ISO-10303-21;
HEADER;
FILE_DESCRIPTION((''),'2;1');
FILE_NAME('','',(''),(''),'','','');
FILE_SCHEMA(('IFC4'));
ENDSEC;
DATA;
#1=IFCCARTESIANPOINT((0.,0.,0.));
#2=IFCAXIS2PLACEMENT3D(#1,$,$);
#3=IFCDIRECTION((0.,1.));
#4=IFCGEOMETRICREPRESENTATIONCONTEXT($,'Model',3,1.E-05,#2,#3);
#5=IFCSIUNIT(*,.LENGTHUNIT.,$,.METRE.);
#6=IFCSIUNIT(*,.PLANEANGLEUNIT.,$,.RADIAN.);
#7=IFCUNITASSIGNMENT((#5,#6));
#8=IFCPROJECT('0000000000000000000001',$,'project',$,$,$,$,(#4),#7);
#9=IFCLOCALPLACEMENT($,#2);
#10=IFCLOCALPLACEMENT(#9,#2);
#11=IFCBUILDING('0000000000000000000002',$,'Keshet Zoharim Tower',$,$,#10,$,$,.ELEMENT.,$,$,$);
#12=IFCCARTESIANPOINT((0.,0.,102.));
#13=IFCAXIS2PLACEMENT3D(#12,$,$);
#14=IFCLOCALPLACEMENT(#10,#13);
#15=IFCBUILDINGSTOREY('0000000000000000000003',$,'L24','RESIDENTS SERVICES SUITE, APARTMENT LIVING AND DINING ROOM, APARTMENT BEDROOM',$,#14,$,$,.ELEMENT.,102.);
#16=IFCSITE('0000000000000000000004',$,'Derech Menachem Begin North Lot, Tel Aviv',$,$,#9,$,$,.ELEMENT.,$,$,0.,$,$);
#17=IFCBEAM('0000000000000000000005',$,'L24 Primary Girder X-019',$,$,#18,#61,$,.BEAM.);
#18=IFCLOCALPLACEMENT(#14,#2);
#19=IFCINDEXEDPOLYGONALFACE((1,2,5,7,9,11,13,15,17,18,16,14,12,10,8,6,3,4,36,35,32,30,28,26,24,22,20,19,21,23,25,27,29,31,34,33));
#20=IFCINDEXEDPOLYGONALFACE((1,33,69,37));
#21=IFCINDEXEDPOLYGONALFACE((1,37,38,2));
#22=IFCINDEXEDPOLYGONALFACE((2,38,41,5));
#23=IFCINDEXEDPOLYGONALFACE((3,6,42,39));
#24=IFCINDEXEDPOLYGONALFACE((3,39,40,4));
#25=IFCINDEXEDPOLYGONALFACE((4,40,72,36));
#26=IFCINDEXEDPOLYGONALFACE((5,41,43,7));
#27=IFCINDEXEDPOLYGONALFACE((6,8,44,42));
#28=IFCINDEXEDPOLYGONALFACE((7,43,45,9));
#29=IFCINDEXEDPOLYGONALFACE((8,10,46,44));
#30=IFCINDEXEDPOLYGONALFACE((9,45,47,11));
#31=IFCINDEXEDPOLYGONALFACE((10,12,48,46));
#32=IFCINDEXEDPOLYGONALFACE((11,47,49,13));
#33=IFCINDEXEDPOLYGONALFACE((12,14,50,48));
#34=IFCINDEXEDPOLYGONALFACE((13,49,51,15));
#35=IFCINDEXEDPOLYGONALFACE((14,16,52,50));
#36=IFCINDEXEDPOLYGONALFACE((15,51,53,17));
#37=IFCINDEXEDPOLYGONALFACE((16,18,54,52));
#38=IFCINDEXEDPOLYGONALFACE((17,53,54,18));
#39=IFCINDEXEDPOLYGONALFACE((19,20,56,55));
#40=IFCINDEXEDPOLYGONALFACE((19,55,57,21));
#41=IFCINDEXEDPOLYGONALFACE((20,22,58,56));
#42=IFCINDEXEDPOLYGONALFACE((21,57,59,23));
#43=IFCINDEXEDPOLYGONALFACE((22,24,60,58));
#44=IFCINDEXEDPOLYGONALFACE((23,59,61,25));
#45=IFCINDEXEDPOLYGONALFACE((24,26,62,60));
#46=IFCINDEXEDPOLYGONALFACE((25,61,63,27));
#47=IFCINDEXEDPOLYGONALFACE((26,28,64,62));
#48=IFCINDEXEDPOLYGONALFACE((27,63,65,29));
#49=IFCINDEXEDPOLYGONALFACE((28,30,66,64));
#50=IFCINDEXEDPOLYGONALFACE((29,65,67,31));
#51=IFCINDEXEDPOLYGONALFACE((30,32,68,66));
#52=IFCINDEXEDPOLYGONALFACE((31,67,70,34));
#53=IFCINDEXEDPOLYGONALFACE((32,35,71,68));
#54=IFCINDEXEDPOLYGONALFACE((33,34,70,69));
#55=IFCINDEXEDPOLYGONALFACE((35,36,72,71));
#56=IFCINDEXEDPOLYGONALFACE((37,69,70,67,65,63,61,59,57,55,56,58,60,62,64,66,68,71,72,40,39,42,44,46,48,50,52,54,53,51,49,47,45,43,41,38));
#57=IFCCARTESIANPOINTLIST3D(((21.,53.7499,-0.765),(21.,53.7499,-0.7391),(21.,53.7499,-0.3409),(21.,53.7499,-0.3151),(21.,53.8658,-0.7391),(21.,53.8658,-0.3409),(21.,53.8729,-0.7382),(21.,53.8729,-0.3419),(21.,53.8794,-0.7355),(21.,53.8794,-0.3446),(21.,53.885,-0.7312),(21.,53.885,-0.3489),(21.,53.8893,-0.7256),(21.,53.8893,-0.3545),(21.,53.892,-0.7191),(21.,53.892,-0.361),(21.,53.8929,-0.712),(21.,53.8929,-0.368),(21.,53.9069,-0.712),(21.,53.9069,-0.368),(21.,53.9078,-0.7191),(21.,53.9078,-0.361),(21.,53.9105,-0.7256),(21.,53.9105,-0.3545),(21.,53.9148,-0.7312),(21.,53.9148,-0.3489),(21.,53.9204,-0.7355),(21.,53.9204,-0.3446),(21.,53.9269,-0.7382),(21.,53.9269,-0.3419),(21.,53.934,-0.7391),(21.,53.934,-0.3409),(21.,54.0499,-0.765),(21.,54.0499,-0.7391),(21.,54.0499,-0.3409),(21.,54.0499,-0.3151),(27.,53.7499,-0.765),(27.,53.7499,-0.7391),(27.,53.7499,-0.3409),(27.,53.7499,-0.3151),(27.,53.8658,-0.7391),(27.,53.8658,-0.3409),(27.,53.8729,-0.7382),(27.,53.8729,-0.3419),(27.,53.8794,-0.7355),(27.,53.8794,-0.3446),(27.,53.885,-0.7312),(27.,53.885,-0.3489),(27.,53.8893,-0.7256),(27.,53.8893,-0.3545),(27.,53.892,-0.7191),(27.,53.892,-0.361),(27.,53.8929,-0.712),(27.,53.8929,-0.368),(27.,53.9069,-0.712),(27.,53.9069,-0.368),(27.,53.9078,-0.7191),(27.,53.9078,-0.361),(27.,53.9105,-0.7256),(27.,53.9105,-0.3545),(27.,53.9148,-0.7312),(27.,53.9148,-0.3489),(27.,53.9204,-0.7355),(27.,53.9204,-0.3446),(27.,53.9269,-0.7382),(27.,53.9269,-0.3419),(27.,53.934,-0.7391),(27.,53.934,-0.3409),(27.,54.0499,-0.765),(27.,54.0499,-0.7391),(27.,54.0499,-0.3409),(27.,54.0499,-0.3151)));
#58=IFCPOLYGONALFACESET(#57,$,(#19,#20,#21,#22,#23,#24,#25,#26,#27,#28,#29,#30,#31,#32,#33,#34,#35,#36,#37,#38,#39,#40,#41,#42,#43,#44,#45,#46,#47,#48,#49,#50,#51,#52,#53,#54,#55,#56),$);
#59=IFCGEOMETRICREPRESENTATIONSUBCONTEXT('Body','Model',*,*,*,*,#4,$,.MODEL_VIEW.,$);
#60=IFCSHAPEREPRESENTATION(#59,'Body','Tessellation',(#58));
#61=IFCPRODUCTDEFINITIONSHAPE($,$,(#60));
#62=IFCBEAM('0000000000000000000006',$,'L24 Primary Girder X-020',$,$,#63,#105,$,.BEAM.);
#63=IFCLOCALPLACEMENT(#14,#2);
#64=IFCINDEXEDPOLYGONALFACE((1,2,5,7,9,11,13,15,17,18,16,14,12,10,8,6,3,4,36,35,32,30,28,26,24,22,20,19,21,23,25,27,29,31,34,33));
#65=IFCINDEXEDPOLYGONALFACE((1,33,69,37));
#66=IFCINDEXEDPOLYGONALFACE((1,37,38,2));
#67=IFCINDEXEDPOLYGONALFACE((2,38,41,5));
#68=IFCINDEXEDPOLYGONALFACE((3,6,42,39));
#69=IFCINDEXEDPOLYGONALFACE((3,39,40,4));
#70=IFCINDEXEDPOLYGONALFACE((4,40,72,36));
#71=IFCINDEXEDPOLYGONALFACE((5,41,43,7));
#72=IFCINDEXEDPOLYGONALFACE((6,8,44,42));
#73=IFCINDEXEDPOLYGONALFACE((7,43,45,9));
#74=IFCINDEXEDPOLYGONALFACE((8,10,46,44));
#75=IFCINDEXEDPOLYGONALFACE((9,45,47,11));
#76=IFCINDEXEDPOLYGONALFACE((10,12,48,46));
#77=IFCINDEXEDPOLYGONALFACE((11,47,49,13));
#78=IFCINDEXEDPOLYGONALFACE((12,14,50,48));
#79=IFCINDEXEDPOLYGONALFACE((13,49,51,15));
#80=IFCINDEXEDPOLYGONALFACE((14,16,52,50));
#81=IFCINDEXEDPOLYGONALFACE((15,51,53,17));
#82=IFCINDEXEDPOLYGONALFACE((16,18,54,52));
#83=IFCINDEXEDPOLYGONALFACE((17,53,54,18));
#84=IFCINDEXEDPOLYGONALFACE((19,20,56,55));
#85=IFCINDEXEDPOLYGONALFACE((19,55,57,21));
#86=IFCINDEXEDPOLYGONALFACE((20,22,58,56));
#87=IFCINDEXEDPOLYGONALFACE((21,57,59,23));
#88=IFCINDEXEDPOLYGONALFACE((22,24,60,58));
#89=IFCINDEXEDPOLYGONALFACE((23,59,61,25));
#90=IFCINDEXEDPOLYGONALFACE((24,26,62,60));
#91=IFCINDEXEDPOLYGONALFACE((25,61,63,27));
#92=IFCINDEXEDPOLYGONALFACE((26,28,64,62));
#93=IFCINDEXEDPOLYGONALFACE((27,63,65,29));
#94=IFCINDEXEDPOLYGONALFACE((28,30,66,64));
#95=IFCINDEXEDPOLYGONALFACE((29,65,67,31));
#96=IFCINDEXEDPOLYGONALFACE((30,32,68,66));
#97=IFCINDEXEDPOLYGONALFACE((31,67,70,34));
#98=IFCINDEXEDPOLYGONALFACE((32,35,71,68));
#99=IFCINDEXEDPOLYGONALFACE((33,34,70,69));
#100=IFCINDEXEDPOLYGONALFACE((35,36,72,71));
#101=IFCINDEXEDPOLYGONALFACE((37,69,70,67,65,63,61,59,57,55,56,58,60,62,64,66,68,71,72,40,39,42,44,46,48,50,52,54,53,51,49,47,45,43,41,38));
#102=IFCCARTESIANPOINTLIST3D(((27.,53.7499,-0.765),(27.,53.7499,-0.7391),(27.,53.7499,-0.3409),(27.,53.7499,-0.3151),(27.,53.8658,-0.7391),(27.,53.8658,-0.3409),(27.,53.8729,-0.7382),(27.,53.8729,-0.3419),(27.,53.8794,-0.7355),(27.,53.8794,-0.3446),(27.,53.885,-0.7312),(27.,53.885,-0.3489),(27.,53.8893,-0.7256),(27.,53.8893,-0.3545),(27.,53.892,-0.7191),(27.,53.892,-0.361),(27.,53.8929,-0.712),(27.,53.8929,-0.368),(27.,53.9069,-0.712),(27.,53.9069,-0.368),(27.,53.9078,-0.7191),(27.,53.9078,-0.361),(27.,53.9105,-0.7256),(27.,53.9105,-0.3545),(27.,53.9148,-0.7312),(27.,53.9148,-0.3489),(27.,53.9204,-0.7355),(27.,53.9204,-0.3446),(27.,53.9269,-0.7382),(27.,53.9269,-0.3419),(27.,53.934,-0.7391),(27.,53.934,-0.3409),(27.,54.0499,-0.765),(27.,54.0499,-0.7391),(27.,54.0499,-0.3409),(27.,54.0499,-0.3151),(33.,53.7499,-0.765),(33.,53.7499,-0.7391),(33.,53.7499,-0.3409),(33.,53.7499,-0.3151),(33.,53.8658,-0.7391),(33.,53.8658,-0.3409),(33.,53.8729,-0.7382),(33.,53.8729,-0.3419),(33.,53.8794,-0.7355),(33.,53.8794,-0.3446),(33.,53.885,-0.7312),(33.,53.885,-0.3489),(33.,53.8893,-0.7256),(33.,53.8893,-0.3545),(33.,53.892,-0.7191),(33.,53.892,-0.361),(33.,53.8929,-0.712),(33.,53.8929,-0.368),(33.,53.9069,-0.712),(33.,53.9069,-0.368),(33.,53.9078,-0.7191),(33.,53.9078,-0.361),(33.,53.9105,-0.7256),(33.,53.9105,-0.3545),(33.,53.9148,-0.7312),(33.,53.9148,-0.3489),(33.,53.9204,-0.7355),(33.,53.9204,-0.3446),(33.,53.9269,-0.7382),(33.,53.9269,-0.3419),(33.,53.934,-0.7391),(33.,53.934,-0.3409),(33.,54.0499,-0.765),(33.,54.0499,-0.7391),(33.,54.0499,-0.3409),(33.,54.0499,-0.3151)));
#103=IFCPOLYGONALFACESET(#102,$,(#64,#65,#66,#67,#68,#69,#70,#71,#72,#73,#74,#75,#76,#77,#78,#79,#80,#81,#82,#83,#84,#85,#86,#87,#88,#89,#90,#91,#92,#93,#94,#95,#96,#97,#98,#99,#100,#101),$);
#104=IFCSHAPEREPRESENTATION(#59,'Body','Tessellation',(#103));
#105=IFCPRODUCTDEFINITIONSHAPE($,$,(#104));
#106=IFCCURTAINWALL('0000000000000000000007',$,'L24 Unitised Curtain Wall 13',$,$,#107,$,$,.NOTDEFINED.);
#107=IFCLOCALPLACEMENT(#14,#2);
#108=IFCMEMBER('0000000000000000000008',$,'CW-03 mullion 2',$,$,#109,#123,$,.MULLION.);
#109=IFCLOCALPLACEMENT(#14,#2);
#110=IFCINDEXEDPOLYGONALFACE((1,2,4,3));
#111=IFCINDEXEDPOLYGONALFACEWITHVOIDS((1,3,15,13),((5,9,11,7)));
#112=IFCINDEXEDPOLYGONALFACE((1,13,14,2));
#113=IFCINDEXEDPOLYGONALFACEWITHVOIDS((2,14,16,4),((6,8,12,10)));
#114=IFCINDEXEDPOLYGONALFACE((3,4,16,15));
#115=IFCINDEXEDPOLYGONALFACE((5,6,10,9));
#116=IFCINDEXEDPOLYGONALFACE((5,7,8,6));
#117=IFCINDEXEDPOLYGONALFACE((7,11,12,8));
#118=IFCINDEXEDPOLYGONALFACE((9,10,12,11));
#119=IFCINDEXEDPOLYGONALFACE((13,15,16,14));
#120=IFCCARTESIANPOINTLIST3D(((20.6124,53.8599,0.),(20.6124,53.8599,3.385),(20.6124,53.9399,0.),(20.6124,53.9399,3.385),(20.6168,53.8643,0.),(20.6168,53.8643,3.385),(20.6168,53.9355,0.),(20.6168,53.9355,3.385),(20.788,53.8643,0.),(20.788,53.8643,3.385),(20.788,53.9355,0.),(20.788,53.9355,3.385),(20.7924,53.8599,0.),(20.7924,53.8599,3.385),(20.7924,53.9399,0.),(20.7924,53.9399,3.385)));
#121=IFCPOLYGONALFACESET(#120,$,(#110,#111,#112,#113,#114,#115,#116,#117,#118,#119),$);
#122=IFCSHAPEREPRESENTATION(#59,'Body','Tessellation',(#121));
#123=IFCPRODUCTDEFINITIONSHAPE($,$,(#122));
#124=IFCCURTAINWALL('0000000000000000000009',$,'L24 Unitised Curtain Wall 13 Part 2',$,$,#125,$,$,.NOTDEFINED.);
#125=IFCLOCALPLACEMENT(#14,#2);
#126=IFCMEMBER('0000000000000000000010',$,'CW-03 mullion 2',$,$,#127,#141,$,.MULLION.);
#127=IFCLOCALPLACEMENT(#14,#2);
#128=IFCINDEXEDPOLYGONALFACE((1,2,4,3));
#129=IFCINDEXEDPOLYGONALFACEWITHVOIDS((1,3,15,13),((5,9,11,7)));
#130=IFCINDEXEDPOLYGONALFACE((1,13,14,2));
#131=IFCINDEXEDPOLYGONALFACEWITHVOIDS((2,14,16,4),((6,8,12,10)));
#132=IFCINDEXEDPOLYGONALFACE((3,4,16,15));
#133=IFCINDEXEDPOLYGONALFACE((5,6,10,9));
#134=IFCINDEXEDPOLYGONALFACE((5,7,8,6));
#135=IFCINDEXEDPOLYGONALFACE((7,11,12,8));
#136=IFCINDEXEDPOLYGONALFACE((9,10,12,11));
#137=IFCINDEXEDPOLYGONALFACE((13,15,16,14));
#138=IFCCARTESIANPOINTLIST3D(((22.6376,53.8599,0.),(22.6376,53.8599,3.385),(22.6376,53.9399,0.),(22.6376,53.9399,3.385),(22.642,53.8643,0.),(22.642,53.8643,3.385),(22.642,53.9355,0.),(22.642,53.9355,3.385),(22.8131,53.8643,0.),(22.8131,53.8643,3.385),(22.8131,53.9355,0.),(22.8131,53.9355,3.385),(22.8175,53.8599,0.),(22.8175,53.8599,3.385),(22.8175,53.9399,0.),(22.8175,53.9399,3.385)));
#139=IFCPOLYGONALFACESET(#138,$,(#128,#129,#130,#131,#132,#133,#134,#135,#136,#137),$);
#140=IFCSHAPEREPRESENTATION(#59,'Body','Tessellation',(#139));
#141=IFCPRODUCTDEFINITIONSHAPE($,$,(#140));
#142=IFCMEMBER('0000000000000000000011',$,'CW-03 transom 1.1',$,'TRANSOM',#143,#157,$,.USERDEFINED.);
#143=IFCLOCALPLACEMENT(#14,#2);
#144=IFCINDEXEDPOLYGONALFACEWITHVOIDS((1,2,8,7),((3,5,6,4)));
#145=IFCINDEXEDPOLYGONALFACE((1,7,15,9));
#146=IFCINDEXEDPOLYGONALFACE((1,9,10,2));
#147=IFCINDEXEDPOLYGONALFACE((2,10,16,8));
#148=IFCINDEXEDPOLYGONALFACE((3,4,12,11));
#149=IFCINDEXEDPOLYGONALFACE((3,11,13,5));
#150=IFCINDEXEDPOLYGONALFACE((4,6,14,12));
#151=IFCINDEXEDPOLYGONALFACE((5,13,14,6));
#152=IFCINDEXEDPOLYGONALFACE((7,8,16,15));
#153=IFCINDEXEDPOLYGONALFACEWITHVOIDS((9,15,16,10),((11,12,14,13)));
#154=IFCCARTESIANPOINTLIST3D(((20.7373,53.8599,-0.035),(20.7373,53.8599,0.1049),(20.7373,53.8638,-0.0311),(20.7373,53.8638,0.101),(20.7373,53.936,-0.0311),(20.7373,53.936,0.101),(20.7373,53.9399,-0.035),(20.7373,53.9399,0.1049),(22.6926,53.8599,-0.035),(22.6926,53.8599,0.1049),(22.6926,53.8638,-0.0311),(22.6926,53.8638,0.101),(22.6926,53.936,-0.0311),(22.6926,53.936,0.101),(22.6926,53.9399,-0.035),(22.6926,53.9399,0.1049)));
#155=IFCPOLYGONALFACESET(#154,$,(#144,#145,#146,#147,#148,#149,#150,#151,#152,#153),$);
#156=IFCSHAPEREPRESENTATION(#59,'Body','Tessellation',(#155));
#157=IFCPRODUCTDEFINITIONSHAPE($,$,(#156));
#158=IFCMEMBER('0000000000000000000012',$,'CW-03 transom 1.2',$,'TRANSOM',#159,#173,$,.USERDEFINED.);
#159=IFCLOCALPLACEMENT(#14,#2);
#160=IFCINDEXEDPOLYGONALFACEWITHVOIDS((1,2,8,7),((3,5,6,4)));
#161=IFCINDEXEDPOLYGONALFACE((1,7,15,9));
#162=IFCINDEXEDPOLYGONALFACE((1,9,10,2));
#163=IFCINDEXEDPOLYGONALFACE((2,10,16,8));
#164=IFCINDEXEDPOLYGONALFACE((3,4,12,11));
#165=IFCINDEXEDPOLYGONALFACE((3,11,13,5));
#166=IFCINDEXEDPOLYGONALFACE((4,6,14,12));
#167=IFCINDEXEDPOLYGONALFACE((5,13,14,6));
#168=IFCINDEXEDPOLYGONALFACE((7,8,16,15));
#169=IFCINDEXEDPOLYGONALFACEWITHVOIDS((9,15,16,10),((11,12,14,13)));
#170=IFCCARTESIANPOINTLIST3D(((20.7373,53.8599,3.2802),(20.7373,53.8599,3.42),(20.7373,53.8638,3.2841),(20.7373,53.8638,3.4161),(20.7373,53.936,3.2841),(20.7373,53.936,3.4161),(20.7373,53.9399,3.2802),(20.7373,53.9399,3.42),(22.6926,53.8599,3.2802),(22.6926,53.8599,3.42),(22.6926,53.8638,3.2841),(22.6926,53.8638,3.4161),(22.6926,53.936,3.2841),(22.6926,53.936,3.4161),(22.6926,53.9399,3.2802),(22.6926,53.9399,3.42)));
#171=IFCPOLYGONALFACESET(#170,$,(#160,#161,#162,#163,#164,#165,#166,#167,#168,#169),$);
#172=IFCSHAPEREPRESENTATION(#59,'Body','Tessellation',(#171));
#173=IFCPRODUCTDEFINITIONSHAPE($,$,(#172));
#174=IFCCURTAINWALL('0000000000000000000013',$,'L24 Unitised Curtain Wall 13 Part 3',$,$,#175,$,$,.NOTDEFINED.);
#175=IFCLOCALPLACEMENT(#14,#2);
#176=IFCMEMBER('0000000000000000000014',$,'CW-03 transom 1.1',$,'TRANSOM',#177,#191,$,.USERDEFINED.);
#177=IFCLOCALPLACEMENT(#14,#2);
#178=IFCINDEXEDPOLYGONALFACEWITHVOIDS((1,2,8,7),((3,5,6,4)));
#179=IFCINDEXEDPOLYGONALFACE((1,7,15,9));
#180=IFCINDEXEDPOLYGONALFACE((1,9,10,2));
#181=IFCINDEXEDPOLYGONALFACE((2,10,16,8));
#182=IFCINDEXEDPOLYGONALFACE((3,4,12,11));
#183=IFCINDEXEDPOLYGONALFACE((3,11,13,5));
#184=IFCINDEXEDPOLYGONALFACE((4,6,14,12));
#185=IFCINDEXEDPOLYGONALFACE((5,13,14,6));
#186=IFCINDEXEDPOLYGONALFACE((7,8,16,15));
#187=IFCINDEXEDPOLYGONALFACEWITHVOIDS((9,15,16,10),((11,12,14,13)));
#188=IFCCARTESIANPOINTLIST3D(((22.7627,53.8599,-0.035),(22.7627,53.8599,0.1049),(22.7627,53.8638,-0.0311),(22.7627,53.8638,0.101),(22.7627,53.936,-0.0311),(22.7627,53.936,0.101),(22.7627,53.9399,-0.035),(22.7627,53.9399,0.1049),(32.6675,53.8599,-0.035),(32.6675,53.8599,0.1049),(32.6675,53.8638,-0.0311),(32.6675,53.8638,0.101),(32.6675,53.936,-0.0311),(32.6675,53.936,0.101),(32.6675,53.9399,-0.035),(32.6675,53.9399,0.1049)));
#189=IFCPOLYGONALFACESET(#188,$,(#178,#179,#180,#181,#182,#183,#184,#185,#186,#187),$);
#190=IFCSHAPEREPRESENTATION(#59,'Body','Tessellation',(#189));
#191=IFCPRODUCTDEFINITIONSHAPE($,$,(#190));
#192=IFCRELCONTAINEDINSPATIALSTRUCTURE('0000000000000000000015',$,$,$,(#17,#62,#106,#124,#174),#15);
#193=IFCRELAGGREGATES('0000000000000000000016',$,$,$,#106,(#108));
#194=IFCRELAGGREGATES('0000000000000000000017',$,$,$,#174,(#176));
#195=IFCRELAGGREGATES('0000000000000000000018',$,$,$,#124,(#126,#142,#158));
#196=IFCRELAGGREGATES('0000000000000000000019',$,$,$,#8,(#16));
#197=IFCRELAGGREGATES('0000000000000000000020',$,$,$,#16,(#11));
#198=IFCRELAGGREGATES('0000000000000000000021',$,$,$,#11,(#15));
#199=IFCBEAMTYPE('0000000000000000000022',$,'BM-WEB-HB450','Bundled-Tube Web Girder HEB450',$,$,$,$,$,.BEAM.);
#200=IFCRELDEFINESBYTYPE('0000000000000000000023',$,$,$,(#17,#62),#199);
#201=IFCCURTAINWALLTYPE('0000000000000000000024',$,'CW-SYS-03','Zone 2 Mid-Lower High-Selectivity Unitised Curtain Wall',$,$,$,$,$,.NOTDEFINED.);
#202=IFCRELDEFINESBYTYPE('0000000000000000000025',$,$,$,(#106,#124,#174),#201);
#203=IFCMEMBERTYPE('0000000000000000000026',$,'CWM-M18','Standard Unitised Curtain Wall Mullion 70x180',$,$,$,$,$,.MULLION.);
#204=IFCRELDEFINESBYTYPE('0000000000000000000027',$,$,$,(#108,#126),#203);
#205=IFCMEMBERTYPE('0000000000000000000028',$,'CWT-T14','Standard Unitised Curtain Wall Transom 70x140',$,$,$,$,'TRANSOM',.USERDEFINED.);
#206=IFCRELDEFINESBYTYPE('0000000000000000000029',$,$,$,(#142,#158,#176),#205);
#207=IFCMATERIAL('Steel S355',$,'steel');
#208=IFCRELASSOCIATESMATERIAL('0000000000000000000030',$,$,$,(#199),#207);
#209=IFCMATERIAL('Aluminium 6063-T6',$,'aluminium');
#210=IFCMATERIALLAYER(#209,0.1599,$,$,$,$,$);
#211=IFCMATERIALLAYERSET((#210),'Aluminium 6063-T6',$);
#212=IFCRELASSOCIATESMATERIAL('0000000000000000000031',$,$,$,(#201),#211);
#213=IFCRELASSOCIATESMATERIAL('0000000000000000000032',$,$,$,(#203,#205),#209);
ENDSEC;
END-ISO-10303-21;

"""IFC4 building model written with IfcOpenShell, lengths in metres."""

from ifc_helpers import new_model, si_unit, direction, frame, origin, origin_2d, place, context, subcontext, project, spatial, hollow_rectangle, i_section, extrude, material, layer, layer_set, material_profile, profile_set, type_object, element, aggregate, save


model = new_model("IFC4")

# Units and contexts
model_context = context("Model", 3, precision=1e-05, world=origin(), true_north=direction((0.0, 1.0)))
body_context = subcontext(model_context, "Body", "Model", "MODEL_VIEW")
ifc_project = project(units=[si_unit("LENGTHUNIT", "METRE"), si_unit("PLANEANGLEUNIT", "RADIAN")], contexts=[model_context])

# Site, building, storey
site_placement = place(None, origin())
site = spatial("IfcSite", under=ifc_project, at=site_placement, Name="Derech Menachem Begin North Lot, Tel Aviv", CompositionType="ELEMENT", RefElevation=0.0)
building_placement = place(site_placement, origin())
building = spatial("IfcBuilding", under=site, at=building_placement, Name="Keshet Zoharim Tower", CompositionType="ELEMENT")
storey_placement = place(building_placement, frame((0.0, 0.0, 102.0)))
storey = spatial("IfcBuildingStorey", under=building, at=storey_placement, Name="L24", Description="RESIDENTS SERVICES SUITE, APARTMENT LIVING AND DINING ROOM, APARTMENT BEDROOM", CompositionType="ELEMENT", Elevation=102.0)

# Shared definitions
ifc_material_1 = material(Name="Steel S355", Category="steel")

# Beams
ifc_material_profile_1 = material_profile(ifc_material_1, i_section(OverallWidth=0.3, OverallDepth=0.45, WebThickness=0.0139, FlangeThickness=0.0259, FilletRadius=0.0271, at=origin_2d()), Name="HEB450")
ifc_profile_set_1 = profile_set([ifc_material_profile_1], Name="Steel S355")
beam_type_1 = type_object("IfcBeamType", Name="BM-WEB-HB450", Description="Bundled-Tube Web Girder HEB450", PredefinedType="BEAM", material=ifc_profile_set_1)
for number, where, z_axis, x_axis, name in (
    (1, (21.0, 53.8999, -0.54), (1.0, 0.0, 0.0), (0.0, 1.0, 0.0), "L24 Primary Girder X-019"),
    (2, (27.0, 53.8999, -0.54), (1.0, 0.0, 0.0), (0.0, 1.0, 0.0), "L24 Primary Girder X-020"),
):
    element("IfcBeam", number, at=place(storey_placement, frame(where, z_axis=z_axis, x_axis=x_axis)), inside=storey, type_object=beam_type_1, Name=name, PredefinedType="BEAM", context=body_context, shape_type="SweptSolid", body=[
        extrude(i_section(OverallWidth=0.3, OverallDepth=0.45, WebThickness=0.0139, FlangeThickness=0.0259, FilletRadius=0.0271, at=origin_2d()), origin(), (0.0, 0.0, 1.0), 6.0),
    ])

# Curtain wall, member
ifc_material_2 = material(Name="Aluminium 6063-T6", Category="aluminium")
ifc_layer_1 = layer(ifc_material_2, 0.1599)
ifc_layer_set_1 = layer_set([ifc_layer_1], Name="Aluminium 6063-T6")
curtain_wall_type = type_object("IfcCurtainWallType", Name="CW-SYS-03", Description="Zone 2 Mid-Lower High-Selectivity Unitised Curtain Wall", PredefinedType="NOTDEFINED", material=ifc_layer_set_1)
curtain_wall_1_placement = place(storey_placement, origin())
curtain_wall_1 = element("IfcCurtainWall", 3, at=curtain_wall_1_placement, inside=storey, type_object=curtain_wall_type, Name="L24 Unitised Curtain Wall 13", PredefinedType="NOTDEFINED")
ifc_material_profile_2 = material_profile(ifc_material_2, hollow_rectangle(XDim=0.0801, YDim=0.1799, WallThickness=0.0044, at=origin_2d()), Name="MUL-80x180")
ifc_profile_set_2 = profile_set([ifc_material_profile_2], Name="Aluminium 6063-T6")
member_type_1 = type_object("IfcMemberType", Name="CWM-M18", Description="Standard Unitised Curtain Wall Mullion 70x180", PredefinedType="MULLION", material=ifc_profile_set_2)
member_1_placement = place(storey_placement, frame((20.7024, 53.8999, 0.0), z_axis=(0.0, 0.0, 1.0), x_axis=(0.0, 1.0, 0.0)))
member_1 = element("IfcMember", 4, at=member_1_placement, type_object=member_type_1, Name="CW-03 mullion 2", PredefinedType="MULLION", context=body_context, shape_type="SweptSolid", body=[
    extrude(hollow_rectangle(XDim=0.0801, YDim=0.1799, WallThickness=0.0044, at=origin_2d()), origin(), (0.0, 0.0, 1.0), 3.385),
])

# Curtain walls, members
curtain_wall_2_placement = place(storey_placement, origin())
curtain_wall_2 = element("IfcCurtainWall", 5, at=curtain_wall_2_placement, inside=storey, type_object=curtain_wall_type, Name="L24 Unitised Curtain Wall 13 Part 2", PredefinedType="NOTDEFINED")
member_2_placement = place(storey_placement, frame((22.7275, 53.8999, 0.0), z_axis=(0.0, 0.0, 1.0), x_axis=(0.0, 1.0, 0.0)))
member_2 = element("IfcMember", 6, at=member_2_placement, type_object=member_type_1, Name="CW-03 mullion 2", PredefinedType="MULLION", context=body_context, shape_type="SweptSolid", body=[
    extrude(hollow_rectangle(XDim=0.0801, YDim=0.1799, WallThickness=0.0044, at=origin_2d()), origin(), (0.0, 0.0, 1.0), 3.385),
])
ifc_material_profile_3 = material_profile(ifc_material_2, hollow_rectangle(XDim=0.0801, YDim=0.1399, WallThickness=0.0039, at=origin_2d()), Name="TRN-80x140")
ifc_profile_set_3 = profile_set([ifc_material_profile_3], Name="Aluminium 6063-T6")
member_type_2 = type_object("IfcMemberType", Name="CWT-T14", Description="Standard Unitised Curtain Wall Transom 70x140", ElementType="TRANSOM", PredefinedType="USERDEFINED", material=ifc_profile_set_3)
member_3_placement = place(storey_placement, frame((20.7373, 53.8999, 0.0349), z_axis=(1.0, 0.0, 0.0), x_axis=(0.0, 1.0, 0.0)))
member_3 = element("IfcMember", 7, at=member_3_placement, type_object=member_type_2, Name="CW-03 transom 1.1", ObjectType="TRANSOM", PredefinedType="USERDEFINED", context=body_context, shape_type="SweptSolid", body=[
    extrude(hollow_rectangle(XDim=0.0801, YDim=0.1399, WallThickness=0.0039, at=origin_2d()), origin(), (0.0, 0.0, 1.0), 1.9553),
])
member_4_placement = place(storey_placement, frame((20.7373, 53.8999, 3.3501), z_axis=(1.0, 0.0, 0.0), x_axis=(0.0, 1.0, 0.0)))
member_4 = element("IfcMember", 8, at=member_4_placement, type_object=member_type_2, Name="CW-03 transom 1.2", ObjectType="TRANSOM", PredefinedType="USERDEFINED", context=body_context, shape_type="SweptSolid", body=[
    extrude(hollow_rectangle(XDim=0.0801, YDim=0.1399, WallThickness=0.0039, at=origin_2d()), origin(), (0.0, 0.0, 1.0), 1.9553),
])
curtain_wall_3_placement = place(storey_placement, origin())
curtain_wall_3 = element("IfcCurtainWall", 9, at=curtain_wall_3_placement, inside=storey, type_object=curtain_wall_type, Name="L24 Unitised Curtain Wall 13 Part 3", PredefinedType="NOTDEFINED")
member_5_placement = place(storey_placement, frame((22.7627, 53.8999, 0.0349), z_axis=(1.0, 0.0, 0.0), x_axis=(0.0, 1.0, 0.0)))
member_5 = element("IfcMember", 10, at=member_5_placement, type_object=member_type_2, Name="CW-03 transom 1.1", ObjectType="TRANSOM", PredefinedType="USERDEFINED", context=body_context, shape_type="SweptSolid", body=[
    extrude(hollow_rectangle(XDim=0.0801, YDim=0.1399, WallThickness=0.0039, at=origin_2d()), origin(), (0.0, 0.0, 1.0), 9.9048),
])

aggregate(curtain_wall_1, [member_1])
aggregate(curtain_wall_3, [member_5])
aggregate(curtain_wall_2, [member_2, member_3, member_4])

save(model, "model.ifc")
